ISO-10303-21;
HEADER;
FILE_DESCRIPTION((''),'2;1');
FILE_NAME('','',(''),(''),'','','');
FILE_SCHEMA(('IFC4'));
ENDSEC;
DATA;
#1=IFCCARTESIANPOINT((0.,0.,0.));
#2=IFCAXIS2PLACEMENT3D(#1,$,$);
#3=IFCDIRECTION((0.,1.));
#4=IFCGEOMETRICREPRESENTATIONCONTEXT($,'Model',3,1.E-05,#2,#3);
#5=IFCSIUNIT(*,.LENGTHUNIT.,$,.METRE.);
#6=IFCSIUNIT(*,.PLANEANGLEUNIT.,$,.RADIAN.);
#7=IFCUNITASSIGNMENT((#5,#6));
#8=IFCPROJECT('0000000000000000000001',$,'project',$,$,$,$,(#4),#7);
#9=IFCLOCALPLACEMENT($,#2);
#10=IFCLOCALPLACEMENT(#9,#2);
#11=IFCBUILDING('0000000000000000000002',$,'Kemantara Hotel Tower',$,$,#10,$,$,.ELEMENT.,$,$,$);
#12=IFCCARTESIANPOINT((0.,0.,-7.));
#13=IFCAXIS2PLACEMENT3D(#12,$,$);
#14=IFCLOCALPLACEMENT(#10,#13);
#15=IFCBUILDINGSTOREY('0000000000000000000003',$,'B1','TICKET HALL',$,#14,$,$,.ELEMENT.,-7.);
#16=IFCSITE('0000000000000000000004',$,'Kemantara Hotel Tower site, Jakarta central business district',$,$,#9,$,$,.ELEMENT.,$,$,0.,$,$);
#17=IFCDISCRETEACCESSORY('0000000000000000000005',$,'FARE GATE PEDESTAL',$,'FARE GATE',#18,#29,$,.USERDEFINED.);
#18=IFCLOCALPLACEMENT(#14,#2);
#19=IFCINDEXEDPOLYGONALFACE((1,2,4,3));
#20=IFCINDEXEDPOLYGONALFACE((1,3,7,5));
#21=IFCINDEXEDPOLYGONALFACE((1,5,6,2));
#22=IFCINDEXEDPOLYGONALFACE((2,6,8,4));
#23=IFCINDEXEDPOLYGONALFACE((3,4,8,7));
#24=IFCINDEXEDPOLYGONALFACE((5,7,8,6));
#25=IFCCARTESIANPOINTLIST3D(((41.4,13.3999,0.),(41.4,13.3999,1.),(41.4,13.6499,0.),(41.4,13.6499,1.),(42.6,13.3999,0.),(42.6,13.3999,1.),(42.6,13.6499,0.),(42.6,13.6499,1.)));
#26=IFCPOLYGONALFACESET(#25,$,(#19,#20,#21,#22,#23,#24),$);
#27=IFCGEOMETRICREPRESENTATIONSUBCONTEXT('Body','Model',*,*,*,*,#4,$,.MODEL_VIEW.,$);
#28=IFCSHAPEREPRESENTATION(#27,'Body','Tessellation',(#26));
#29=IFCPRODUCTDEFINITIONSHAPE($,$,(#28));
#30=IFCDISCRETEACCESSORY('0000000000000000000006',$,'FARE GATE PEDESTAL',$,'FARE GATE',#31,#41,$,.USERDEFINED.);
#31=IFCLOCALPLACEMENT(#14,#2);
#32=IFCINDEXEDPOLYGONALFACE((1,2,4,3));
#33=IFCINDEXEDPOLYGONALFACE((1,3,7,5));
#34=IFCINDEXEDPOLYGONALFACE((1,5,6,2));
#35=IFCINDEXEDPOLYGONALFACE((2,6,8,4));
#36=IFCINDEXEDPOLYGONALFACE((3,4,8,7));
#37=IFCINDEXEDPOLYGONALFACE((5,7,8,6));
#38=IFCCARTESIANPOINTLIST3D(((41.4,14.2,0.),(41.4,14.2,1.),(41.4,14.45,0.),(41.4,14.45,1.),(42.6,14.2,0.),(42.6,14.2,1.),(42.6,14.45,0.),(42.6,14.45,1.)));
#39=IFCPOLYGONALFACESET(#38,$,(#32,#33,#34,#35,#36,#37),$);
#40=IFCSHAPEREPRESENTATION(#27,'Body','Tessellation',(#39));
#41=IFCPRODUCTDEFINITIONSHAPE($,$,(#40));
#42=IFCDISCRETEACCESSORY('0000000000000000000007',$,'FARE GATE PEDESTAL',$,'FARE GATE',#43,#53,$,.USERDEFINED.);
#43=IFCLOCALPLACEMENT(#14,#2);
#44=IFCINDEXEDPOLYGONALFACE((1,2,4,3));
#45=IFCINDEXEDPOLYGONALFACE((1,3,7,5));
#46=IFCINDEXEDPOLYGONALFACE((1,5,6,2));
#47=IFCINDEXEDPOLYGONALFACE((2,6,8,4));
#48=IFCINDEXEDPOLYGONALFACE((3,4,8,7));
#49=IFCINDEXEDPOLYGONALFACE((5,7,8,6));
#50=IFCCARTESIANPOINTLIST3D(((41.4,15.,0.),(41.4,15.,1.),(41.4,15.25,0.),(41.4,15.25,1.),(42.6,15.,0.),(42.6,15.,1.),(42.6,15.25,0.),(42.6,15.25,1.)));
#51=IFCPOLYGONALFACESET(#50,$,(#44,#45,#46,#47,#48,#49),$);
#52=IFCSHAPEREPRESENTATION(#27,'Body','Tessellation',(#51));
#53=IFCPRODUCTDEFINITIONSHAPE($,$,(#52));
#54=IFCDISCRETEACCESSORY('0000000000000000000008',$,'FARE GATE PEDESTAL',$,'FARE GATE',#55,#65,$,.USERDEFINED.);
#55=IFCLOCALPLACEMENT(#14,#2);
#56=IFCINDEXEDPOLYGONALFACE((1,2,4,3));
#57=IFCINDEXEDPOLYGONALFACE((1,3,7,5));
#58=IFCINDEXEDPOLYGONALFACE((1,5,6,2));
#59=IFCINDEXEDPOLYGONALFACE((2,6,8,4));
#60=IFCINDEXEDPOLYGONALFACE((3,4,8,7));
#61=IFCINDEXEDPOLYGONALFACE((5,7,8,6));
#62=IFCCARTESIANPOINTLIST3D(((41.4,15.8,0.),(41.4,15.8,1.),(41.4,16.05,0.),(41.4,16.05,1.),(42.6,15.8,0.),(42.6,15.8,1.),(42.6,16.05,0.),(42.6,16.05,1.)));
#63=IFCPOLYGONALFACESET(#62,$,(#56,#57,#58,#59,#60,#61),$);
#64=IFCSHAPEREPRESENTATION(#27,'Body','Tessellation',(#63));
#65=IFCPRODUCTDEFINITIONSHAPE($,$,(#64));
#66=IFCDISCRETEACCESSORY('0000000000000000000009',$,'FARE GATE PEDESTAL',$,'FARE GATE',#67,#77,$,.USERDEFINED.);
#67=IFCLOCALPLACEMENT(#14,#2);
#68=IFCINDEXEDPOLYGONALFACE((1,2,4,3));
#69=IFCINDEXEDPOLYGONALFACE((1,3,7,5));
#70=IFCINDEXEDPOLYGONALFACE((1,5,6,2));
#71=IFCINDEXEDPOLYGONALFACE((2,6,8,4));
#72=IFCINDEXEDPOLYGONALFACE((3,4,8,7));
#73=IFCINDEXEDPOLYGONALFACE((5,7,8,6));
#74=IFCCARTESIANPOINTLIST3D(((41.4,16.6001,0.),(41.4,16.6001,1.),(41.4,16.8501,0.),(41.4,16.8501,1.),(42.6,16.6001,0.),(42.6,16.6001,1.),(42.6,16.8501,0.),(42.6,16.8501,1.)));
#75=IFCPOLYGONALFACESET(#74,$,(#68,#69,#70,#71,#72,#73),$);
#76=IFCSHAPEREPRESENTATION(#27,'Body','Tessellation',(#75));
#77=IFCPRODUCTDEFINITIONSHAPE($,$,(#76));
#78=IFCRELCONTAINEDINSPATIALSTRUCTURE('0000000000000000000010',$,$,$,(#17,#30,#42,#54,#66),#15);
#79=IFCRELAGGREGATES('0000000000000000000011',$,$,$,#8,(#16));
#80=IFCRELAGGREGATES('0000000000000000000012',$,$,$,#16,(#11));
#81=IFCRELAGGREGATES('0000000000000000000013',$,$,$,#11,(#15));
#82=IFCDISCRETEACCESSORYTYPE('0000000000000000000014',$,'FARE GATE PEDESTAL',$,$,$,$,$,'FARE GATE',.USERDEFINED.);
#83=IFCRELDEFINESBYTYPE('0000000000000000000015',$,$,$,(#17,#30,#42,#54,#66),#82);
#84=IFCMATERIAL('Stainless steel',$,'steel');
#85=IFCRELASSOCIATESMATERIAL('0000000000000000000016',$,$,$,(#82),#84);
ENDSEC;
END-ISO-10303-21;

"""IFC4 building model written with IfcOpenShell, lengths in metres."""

from ifc_helpers import new_model, si_unit, direction, frame, origin, origin_2d, place, context, subcontext, project, spatial, rectangle, extrude, source, transform, mapped, material, type_object, element, save


model = new_model("IFC4")

# Units and contexts
model_context = context("Model", 3, precision=1e-05, world=origin(), true_north=direction((0.0, 1.0)))
body_context = subcontext(model_context, "Body", "Model", "MODEL_VIEW")
ifc_project = project(units=[si_unit("LENGTHUNIT", "METRE"), si_unit("PLANEANGLEUNIT", "RADIAN")], contexts=[model_context])

# Site, building, storey
site_placement = place(None, origin())
site = spatial("IfcSite", under=ifc_project, at=site_placement, Name="Kemantara Hotel Tower site, Jakarta central business district", CompositionType="ELEMENT", RefElevation=0.0)
building_placement = place(site_placement, origin())
building = spatial("IfcBuilding", under=site, at=building_placement, Name="Kemantara Hotel Tower", CompositionType="ELEMENT")
storey_placement = place(building_placement, frame((0.0, 0.0, -7.0)))
storey = spatial("IfcBuildingStorey", under=building, at=storey_placement, Name="B1", Description="TICKET HALL", CompositionType="ELEMENT", Elevation=-7.0)

# Discrete accessories
ifc_material_1 = material(Name="Stainless steel", Category="steel")
discrete_accessory_type = type_object("IfcDiscreteAccessoryType", Name="FARE GATE PEDESTAL", ElementType="FARE GATE", PredefinedType="USERDEFINED", material=ifc_material_1)
shared_shape = source(origin(), body_context, "Body", "SweptSolid", [
    extrude(rectangle(XDim=1.2, YDim=0.25, at=origin_2d()), origin(), (0.0, 0.0, 1.0), 1.0),
])
for number, where, z_axis, x_axis, name in (
    (1, (42.0, 13.5249, 0.0), (0.0, 0.0, 1.0), (1.0, 0.0, 0.0), "FARE GATE PEDESTAL"),
    (2, (42.0, 14.325, 0.0), (0.0, 0.0, 1.0), (1.0, 0.0, 0.0), "FARE GATE PEDESTAL"),
    (3, (42.0, 15.125, 0.0), (0.0, 0.0, 1.0), (1.0, 0.0, 0.0), "FARE GATE PEDESTAL"),
    (4, (42.0, 15.925, 0.0), (0.0, 0.0, 1.0), (1.0, 0.0, 0.0), "FARE GATE PEDESTAL"),
    (5, (42.0, 16.7251, 0.0), (0.0, 0.0, 1.0), (1.0, 0.0, 0.0), "FARE GATE PEDESTAL"),
):
    element("IfcDiscreteAccessory", number, at=place(storey_placement, frame(where, z_axis=z_axis, x_axis=x_axis)), inside=storey, type_object=discrete_accessory_type, Name=name, ObjectType="FARE GATE", PredefinedType="USERDEFINED", context=body_context, shape_type="MappedRepresentation", body=[
        mapped(shared_shape, transform((0.0, 0.0, 0.0))),
    ])

save(model, "model.ifc")
